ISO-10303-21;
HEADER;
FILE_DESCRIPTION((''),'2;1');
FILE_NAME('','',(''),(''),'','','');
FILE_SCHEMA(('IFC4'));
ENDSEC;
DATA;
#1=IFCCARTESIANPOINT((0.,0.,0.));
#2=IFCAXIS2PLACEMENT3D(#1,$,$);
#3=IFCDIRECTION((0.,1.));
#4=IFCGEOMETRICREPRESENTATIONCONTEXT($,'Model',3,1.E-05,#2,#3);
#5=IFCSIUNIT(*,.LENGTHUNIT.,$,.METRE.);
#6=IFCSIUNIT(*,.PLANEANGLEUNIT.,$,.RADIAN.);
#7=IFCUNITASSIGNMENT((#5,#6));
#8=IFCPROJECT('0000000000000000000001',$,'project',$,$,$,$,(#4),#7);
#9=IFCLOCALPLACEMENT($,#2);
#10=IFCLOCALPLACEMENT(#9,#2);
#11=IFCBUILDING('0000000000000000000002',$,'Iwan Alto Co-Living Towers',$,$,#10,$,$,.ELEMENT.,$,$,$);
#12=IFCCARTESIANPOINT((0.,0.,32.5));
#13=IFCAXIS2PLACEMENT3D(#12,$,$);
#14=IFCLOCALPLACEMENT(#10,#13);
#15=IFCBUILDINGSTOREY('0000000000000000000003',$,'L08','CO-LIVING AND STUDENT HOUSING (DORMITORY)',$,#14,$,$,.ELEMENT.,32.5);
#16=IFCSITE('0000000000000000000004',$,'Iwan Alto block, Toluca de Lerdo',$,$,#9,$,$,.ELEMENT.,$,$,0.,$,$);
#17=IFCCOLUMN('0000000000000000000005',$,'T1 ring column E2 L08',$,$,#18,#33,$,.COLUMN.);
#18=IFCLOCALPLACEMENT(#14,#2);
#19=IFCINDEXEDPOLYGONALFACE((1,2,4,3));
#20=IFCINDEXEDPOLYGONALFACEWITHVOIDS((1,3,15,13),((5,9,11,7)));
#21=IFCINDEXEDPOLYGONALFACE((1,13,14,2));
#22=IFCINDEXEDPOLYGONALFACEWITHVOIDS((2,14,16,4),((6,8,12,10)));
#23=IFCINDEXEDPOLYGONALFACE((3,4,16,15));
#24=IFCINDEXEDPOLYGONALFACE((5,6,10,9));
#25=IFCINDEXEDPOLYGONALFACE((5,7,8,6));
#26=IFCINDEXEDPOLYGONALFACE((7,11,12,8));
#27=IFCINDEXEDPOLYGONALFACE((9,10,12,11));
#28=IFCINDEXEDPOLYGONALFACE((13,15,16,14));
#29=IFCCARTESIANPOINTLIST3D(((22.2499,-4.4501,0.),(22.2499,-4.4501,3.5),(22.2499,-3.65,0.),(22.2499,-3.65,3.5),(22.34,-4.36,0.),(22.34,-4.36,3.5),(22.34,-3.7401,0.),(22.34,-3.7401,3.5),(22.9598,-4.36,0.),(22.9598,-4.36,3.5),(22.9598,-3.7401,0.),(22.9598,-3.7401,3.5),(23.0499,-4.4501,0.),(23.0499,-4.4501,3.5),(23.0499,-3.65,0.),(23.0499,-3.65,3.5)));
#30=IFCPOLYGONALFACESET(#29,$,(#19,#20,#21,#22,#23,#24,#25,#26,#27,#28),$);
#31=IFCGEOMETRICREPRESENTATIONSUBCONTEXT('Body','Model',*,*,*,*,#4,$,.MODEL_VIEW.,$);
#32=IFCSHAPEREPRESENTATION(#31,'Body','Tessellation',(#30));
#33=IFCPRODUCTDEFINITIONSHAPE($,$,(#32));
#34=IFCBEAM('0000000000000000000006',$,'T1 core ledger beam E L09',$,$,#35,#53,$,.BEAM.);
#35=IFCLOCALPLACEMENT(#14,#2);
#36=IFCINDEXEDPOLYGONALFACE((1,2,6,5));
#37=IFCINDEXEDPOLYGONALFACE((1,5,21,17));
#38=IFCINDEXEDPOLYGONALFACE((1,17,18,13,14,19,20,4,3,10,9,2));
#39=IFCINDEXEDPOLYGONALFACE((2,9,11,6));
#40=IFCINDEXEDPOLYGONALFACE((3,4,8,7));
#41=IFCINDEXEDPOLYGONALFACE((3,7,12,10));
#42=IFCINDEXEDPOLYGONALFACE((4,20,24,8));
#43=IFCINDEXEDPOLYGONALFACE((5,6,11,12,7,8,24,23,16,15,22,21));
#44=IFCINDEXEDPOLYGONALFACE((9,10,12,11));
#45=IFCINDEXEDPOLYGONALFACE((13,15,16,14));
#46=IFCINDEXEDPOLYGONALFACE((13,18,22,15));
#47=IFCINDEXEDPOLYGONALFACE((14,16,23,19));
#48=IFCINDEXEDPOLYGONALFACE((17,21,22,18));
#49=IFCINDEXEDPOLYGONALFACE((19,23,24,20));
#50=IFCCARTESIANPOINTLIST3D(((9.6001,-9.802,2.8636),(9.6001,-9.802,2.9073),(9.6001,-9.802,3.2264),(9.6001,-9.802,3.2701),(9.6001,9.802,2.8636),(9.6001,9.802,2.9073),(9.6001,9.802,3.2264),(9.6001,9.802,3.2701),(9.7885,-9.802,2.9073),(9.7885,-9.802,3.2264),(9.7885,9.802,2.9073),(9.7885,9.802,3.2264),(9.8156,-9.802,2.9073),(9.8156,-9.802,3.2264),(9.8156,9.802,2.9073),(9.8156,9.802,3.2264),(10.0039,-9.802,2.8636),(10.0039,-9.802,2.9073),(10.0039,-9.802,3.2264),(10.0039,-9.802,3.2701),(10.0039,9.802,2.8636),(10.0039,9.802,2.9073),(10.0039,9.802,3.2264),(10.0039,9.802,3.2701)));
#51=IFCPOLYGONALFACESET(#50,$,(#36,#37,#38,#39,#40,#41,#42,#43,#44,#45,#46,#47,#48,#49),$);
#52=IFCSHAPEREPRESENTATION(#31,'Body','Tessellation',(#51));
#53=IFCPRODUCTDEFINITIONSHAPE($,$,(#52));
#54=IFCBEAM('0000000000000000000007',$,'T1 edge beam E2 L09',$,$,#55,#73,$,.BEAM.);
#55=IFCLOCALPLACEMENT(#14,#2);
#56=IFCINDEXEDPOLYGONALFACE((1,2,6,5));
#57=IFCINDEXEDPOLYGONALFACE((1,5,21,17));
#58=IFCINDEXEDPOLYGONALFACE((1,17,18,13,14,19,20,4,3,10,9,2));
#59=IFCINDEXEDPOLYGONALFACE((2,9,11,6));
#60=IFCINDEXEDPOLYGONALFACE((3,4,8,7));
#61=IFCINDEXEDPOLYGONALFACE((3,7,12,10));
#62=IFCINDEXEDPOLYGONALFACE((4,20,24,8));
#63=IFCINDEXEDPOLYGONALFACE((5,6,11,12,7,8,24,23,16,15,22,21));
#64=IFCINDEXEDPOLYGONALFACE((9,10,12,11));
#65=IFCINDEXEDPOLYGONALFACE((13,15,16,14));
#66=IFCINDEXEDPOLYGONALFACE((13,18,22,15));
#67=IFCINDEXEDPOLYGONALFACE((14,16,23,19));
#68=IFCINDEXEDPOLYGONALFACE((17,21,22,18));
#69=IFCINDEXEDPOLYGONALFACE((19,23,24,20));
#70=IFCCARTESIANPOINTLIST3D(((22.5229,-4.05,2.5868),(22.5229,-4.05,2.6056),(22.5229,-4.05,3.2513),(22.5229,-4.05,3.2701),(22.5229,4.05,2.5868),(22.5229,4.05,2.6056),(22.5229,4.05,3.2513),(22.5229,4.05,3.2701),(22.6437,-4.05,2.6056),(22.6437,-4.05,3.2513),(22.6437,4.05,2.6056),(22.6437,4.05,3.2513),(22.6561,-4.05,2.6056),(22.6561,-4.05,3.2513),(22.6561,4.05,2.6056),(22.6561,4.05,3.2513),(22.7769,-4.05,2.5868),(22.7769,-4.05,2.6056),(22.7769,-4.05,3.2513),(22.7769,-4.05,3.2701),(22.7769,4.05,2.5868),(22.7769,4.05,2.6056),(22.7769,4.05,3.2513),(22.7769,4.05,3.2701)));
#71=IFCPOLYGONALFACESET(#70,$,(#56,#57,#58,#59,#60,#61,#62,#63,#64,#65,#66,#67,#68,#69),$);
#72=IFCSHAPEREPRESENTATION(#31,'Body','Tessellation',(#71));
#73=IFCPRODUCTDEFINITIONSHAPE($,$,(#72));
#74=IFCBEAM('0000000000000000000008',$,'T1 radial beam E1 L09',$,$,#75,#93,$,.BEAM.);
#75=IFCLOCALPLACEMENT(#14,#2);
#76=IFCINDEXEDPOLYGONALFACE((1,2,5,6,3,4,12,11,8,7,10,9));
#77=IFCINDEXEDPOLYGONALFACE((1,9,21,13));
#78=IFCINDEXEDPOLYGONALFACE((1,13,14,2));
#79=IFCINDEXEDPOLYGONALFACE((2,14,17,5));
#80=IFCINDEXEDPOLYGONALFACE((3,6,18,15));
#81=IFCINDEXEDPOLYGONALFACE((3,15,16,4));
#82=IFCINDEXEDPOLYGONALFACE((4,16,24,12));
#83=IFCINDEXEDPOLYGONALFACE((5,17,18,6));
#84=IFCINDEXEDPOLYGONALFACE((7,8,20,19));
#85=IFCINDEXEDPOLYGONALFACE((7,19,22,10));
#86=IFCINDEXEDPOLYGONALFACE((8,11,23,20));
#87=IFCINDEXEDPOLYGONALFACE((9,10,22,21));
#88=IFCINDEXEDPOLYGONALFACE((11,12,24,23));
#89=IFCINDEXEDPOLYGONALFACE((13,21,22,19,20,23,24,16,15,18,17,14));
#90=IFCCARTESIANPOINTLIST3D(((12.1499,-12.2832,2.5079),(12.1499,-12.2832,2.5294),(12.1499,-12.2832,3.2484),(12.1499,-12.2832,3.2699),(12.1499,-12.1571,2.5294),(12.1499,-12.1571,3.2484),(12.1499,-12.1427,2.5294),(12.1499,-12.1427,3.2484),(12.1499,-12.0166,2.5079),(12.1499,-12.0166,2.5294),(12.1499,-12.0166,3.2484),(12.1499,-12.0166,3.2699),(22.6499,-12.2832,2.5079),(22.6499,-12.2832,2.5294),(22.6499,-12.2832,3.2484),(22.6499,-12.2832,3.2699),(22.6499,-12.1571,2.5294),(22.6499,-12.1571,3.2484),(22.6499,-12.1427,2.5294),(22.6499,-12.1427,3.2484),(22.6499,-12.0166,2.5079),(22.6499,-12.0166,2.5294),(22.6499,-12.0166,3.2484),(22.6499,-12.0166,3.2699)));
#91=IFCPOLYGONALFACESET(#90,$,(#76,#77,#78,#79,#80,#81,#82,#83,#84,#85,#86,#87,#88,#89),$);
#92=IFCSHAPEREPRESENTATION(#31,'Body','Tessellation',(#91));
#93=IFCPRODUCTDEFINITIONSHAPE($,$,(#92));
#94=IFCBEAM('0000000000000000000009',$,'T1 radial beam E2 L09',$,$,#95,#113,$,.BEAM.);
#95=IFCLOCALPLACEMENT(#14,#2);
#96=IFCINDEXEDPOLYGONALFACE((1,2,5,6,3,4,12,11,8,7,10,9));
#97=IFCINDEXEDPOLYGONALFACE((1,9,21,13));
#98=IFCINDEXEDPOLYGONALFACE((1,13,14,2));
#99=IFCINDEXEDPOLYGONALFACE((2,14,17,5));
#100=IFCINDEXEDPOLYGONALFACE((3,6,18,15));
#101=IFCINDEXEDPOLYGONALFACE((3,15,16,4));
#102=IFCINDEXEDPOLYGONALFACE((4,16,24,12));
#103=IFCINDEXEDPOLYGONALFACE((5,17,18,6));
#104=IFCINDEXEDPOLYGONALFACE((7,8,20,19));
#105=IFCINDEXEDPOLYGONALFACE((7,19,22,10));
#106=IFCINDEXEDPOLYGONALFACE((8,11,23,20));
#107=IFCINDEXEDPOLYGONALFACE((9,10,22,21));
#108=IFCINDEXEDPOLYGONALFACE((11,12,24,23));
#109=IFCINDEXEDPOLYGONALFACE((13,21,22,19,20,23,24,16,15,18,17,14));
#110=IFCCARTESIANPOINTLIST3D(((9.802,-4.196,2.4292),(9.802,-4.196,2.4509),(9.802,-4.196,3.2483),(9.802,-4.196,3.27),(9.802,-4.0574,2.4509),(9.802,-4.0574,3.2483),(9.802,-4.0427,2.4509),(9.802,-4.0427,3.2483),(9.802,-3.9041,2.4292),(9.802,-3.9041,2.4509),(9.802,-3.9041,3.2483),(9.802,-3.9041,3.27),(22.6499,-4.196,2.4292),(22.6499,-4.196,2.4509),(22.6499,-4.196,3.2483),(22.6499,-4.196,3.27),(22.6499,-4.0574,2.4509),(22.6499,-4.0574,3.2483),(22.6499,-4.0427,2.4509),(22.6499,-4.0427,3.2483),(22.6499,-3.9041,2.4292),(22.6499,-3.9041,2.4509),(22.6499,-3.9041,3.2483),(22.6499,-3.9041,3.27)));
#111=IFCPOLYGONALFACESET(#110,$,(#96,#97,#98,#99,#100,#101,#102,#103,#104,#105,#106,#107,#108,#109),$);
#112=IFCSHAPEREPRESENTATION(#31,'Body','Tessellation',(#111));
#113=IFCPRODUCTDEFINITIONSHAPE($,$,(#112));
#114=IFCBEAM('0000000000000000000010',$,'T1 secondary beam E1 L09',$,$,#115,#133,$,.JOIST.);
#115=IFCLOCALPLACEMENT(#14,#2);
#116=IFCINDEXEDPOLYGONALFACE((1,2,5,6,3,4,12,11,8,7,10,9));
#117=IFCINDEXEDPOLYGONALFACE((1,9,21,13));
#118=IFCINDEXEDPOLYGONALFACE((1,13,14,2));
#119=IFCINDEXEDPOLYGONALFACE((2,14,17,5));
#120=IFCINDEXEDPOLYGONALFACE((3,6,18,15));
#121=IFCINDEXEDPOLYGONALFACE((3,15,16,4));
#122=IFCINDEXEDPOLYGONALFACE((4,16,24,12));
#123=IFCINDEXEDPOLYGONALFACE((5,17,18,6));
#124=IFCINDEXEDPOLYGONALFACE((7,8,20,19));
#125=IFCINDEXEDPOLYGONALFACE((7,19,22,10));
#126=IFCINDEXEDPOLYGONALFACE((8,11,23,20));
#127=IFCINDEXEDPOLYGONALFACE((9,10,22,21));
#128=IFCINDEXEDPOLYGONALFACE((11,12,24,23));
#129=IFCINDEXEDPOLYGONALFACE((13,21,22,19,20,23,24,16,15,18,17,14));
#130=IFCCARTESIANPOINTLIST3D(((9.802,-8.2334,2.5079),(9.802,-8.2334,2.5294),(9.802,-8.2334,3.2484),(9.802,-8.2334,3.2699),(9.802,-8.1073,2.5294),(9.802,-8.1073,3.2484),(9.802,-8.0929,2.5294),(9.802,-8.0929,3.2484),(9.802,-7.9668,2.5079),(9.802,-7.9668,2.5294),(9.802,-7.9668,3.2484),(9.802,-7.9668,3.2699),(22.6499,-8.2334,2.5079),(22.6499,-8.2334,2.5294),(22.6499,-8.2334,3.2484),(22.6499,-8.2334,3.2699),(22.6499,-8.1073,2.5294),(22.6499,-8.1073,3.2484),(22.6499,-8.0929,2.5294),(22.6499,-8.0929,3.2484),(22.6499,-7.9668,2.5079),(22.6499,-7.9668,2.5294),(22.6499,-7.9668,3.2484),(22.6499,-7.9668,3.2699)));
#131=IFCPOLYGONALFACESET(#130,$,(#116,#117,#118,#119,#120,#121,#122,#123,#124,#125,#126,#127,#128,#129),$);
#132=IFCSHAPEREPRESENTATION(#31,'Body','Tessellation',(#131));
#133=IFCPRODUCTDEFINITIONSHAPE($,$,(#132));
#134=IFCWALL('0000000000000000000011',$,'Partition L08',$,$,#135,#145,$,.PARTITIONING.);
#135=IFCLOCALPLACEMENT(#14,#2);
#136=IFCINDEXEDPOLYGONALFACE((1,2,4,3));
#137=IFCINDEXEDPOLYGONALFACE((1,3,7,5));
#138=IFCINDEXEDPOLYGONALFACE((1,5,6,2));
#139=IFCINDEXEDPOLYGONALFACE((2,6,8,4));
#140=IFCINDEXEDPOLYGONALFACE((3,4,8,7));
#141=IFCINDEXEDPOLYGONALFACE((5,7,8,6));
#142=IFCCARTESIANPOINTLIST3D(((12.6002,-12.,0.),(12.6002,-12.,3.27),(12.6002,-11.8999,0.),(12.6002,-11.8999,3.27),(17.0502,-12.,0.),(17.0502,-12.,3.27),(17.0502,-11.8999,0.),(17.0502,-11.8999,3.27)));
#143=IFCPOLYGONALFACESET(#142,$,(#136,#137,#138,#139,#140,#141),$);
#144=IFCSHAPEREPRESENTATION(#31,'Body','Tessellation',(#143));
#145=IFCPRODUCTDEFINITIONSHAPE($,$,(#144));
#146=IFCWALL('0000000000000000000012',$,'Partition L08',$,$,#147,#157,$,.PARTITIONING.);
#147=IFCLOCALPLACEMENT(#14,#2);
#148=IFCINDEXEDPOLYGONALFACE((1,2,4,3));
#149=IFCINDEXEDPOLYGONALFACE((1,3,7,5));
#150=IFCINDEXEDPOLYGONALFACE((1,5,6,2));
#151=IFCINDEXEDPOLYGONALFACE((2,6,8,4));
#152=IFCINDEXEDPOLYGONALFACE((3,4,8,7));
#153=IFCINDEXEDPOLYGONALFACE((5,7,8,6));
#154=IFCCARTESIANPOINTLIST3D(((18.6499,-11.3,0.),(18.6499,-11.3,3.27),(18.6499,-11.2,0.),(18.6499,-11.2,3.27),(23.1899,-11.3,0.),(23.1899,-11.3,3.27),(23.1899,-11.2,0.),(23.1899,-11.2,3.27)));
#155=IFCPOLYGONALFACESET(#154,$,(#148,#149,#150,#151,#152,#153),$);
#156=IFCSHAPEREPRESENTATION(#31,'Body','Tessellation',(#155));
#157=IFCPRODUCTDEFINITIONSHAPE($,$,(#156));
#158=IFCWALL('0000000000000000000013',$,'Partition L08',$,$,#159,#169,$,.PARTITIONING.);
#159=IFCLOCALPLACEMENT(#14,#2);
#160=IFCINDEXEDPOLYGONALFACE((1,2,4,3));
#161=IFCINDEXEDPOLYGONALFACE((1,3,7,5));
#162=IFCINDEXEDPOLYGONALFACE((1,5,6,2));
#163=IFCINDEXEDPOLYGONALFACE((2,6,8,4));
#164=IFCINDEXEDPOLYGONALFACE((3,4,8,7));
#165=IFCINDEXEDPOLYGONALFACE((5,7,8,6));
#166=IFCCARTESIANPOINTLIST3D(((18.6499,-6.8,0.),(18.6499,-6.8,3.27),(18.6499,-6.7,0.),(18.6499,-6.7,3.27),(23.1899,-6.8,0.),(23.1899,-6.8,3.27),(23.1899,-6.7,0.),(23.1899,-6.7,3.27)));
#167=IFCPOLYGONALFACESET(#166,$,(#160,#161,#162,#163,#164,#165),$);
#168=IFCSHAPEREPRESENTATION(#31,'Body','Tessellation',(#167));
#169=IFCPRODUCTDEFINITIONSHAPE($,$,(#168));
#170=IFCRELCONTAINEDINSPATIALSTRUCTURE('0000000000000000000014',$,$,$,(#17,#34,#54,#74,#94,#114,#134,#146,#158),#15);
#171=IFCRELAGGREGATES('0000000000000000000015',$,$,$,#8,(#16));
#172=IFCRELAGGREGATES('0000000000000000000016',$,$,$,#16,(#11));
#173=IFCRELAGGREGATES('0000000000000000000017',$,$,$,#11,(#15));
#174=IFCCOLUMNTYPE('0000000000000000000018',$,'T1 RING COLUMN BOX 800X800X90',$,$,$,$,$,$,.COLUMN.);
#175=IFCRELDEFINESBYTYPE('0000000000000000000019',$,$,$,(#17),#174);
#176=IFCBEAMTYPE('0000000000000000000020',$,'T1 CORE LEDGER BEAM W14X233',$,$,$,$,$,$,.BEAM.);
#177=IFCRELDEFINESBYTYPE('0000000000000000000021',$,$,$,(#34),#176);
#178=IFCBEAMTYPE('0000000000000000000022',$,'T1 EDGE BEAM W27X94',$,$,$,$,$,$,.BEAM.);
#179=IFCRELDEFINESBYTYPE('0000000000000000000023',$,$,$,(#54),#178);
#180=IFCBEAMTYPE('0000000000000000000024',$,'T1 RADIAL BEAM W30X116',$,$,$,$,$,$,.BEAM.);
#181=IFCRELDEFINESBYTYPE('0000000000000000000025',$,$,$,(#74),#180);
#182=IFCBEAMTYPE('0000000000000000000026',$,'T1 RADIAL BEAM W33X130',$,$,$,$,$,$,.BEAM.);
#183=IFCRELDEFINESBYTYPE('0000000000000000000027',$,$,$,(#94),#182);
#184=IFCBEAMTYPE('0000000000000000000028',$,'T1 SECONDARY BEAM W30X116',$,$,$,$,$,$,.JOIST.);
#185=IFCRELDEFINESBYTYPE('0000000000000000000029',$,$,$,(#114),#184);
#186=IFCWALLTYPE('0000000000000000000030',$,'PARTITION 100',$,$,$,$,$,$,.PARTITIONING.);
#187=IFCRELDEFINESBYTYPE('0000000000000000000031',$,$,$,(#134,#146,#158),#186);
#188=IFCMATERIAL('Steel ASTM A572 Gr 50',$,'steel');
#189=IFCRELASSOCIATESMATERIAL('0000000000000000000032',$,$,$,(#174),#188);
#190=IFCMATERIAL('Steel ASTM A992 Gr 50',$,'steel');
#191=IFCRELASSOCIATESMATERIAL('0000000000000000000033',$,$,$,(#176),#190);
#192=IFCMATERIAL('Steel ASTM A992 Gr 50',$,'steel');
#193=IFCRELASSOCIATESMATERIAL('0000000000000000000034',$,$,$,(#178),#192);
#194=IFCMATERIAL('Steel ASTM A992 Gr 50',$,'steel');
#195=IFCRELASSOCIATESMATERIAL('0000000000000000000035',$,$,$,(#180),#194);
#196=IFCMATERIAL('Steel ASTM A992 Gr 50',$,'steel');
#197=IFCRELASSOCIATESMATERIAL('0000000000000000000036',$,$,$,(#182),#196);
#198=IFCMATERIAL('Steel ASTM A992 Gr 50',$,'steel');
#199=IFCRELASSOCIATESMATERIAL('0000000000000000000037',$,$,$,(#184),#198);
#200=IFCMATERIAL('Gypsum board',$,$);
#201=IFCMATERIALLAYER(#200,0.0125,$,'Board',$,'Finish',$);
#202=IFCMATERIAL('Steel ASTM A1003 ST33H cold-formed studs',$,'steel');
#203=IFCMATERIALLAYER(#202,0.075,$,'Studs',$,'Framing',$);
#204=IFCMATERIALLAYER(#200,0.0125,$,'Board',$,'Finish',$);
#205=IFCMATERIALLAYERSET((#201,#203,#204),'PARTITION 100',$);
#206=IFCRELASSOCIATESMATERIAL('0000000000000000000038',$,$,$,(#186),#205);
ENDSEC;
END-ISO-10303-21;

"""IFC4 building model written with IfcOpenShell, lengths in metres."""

from ifc_helpers import new_model, si_unit, direction, frame, frame_2d, origin, origin_2d, place, context, subcontext, project, spatial, rectangle, hollow_rectangle, i_section, extrude, material, layer, layer_set, material_profile, profile_set, type_object, element, save


model = new_model("IFC4")

# Units and contexts
model_context = context("Model", 3, precision=1e-05, world=origin(), true_north=direction((0.0, 1.0)))
body_context = subcontext(model_context, "Body", "Model", "MODEL_VIEW")
ifc_project = project(units=[si_unit("LENGTHUNIT", "METRE"), si_unit("PLANEANGLEUNIT", "RADIAN")], contexts=[model_context])

# Site, building, storey
site_placement = place(None, origin())
site = spatial("IfcSite", under=ifc_project, at=site_placement, Name="Iwan Alto block, Toluca de Lerdo", CompositionType="ELEMENT", RefElevation=0.0)
building_placement = place(site_placement, origin())
building = spatial("IfcBuilding", under=site, at=building_placement, Name="Iwan Alto Co-Living Towers", CompositionType="ELEMENT")
storey_placement = place(building_placement, frame((0.0, 0.0, 32.5)))
storey = spatial("IfcBuildingStorey", under=building, at=storey_placement, Name="L08", Description="CO-LIVING AND STUDENT HOUSING (DORMITORY)", CompositionType="ELEMENT", Elevation=32.5)

# Column
ifc_material_1 = material(Name="Steel ASTM A572 Gr 50", Category="steel")
ifc_material_profile_1 = material_profile(ifc_material_1, hollow_rectangle(XDim=0.8, YDim=0.8, WallThickness=0.0901, at=origin_2d()), Name="BOX 800X800X90")
ifc_profile_set_1 = profile_set([ifc_material_profile_1], Name="Steel ASTM A572 Gr 50")
column_type = type_object("IfcColumnType", Name="T1 RING COLUMN BOX 800X800X90", PredefinedType="COLUMN", material=ifc_profile_set_1)
column_placement = place(storey_placement, frame((22.6499, -4.05, 0.0), z_axis=(0.0, 0.0, 1.0), x_axis=(1.0, 0.0, 0.0)))
element("IfcColumn", 1, at=column_placement, inside=storey, type_object=column_type, Name="T1 ring column E2 L08", PredefinedType="COLUMN", context=body_context, shape_type="SweptSolid", body=[
    extrude(hollow_rectangle(XDim=0.8, YDim=0.8, WallThickness=0.0901, at=origin_2d()), origin(), (0.0, 0.0, 1.0), 3.5),
])

# Beams
ifc_material_2 = material(Name="Steel ASTM A992 Gr 50", Category="steel")
ifc_material_profile_2 = material_profile(ifc_material_2, i_section(OverallWidth=0.4038, OverallDepth=0.4065, WebThickness=0.0271, FlangeThickness=0.0437, at=origin_2d()), Name="W14X233")
ifc_profile_set_2 = profile_set([ifc_material_profile_2], Name="Steel ASTM A992 Gr 50")
beam_type_1 = type_object("IfcBeamType", Name="T1 CORE LEDGER BEAM W14X233", PredefinedType="BEAM", material=ifc_profile_set_2)
beam_1_placement = place(storey_placement, frame((9.802, -9.802, 3.0669), z_axis=(0.0, 1.0, 0.0), x_axis=(-1.0, 0.0, 0.0)))
element("IfcBeam", 2, at=beam_1_placement, inside=storey, type_object=beam_type_1, Name="T1 core ledger beam E L09", PredefinedType="BEAM", context=body_context, shape_type="SweptSolid", body=[
    extrude(i_section(OverallWidth=0.4038, OverallDepth=0.4065, WebThickness=0.0271, FlangeThickness=0.0437, at=origin_2d()), origin(), (0.0, 0.0, 1.0), 19.604),
])
ifc_material_3 = material(Name="Steel ASTM A992 Gr 50", Category="steel")
ifc_material_profile_3 = material_profile(ifc_material_3, i_section(OverallWidth=0.2539, OverallDepth=0.6833, WebThickness=0.0125, FlangeThickness=0.0188, at=origin_2d()), Name="W27X94")
ifc_profile_set_3 = profile_set([ifc_material_profile_3], Name="Steel ASTM A992 Gr 50")
beam_type_2 = type_object("IfcBeamType", Name="T1 EDGE BEAM W27X94", PredefinedType="BEAM", material=ifc_profile_set_3)
beam_2_placement = place(storey_placement, frame((22.6499, -4.05, 2.9285), z_axis=(0.0, 1.0, 0.0), x_axis=(-1.0, 0.0, 0.0)))
element("IfcBeam", 3, at=beam_2_placement, inside=storey, type_object=beam_type_2, Name="T1 edge beam E2 L09", PredefinedType="BEAM", context=body_context, shape_type="SweptSolid", body=[
    extrude(i_section(OverallWidth=0.2539, OverallDepth=0.6833, WebThickness=0.0125, FlangeThickness=0.0188, at=origin_2d()), origin(), (0.0, 0.0, 1.0), 8.1001),
])
ifc_material_4 = material(Name="Steel ASTM A992 Gr 50", Category="steel")
ifc_material_profile_4 = material_profile(ifc_material_4, i_section(OverallWidth=0.2666, OverallDepth=0.762, WebThickness=0.0144, FlangeThickness=0.0215, at=origin_2d()), Name="W30X116")
ifc_profile_set_4 = profile_set([ifc_material_profile_4], Name="Steel ASTM A992 Gr 50")
beam_type_3 = type_object("IfcBeamType", Name="T1 RADIAL BEAM W30X116", PredefinedType="BEAM", material=ifc_profile_set_4)
beam_3_placement = place(storey_placement, frame((22.6499, -12.1499, 2.8889), z_axis=(-1.0, 0.0, 0.0), x_axis=(0.0, -1.0, 0.0)))
element("IfcBeam", 4, at=beam_3_placement, inside=storey, type_object=beam_type_3, Name="T1 radial beam E1 L09", PredefinedType="BEAM", context=body_context, shape_type="SweptSolid", body=[
    extrude(i_section(OverallWidth=0.2666, OverallDepth=0.762, WebThickness=0.0144, FlangeThickness=0.0215, at=origin_2d()), origin(), (0.0, 0.0, 1.0), 10.5),
])
ifc_material_5 = material(Name="Steel ASTM A992 Gr 50", Category="steel")
ifc_material_profile_5 = material_profile(ifc_material_5, i_section(OverallWidth=0.292, OverallDepth=0.8408, WebThickness=0.0146, FlangeThickness=0.0217, at=origin_2d()), Name="W33X130")
ifc_profile_set_5 = profile_set([ifc_material_profile_5], Name="Steel ASTM A992 Gr 50")
beam_type_4 = type_object("IfcBeamType", Name="T1 RADIAL BEAM W33X130", PredefinedType="BEAM", material=ifc_profile_set_5)
beam_4_placement = place(storey_placement, frame((22.6499, -4.05, 2.8496), z_axis=(-1.0, 0.0, 0.0), x_axis=(0.0, -1.0, 0.0)))
element("IfcBeam", 5, at=beam_4_placement, inside=storey, type_object=beam_type_4, Name="T1 radial beam E2 L09", PredefinedType="BEAM", context=body_context, shape_type="SweptSolid", body=[
    extrude(i_section(OverallWidth=0.292, OverallDepth=0.8408, WebThickness=0.0146, FlangeThickness=0.0217, at=origin_2d()), origin(), (0.0, 0.0, 1.0), 12.8479),
])
ifc_material_6 = material(Name="Steel ASTM A992 Gr 50", Category="steel")
ifc_material_profile_6 = material_profile(ifc_material_6, i_section(OverallWidth=0.2666, OverallDepth=0.762, WebThickness=0.0144, FlangeThickness=0.0215, at=origin_2d()), Name="W30X116")
ifc_profile_set_6 = profile_set([ifc_material_profile_6], Name="Steel ASTM A992 Gr 50")
beam_type_5 = type_object("IfcBeamType", Name="T1 SECONDARY BEAM W30X116", PredefinedType="JOIST", material=ifc_profile_set_6)
beam_5_placement = place(storey_placement, frame((22.6499, -8.1001, 2.8889), z_axis=(-1.0, 0.0, 0.0), x_axis=(0.0, -1.0, 0.0)))
element("IfcBeam", 6, at=beam_5_placement, inside=storey, type_object=beam_type_5, Name="T1 secondary beam E1 L09", PredefinedType="JOIST", context=body_context, shape_type="SweptSolid", body=[
    extrude(i_section(OverallWidth=0.2666, OverallDepth=0.762, WebThickness=0.0144, FlangeThickness=0.0215, at=origin_2d()), origin(), (0.0, 0.0, 1.0), 12.8479),
])

# Walls
ifc_material_7 = material(Name="Gypsum board")
ifc_layer_1 = layer(ifc_material_7, 0.0125, Name="Board", Category="Finish")
ifc_material_8 = material(Name="Steel ASTM A1003 ST33H cold-formed studs", Category="steel")
ifc_layer_2 = layer(ifc_material_8, 0.075, Name="Studs", Category="Framing")
ifc_layer_3 = layer(ifc_material_7, 0.0125, Name="Board", Category="Finish")
ifc_layer_set = layer_set([ifc_layer_1, ifc_layer_2, ifc_layer_3], Name="PARTITION 100")
wall_type = type_object("IfcWallType", Name="PARTITION 100", PredefinedType="PARTITIONING", material=ifc_layer_set)
wall_1_placement = place(storey_placement, frame((12.6001, -11.95, 0.0), z_axis=(0.0, 0.0, 1.0), x_axis=(1.0, 0.0, 0.0)))
element("IfcWall", 7, at=wall_1_placement, inside=storey, type_object=wall_type, Name="Partition L08", PredefinedType="PARTITIONING", context=body_context, shape_type="SweptSolid", body=[
    extrude(rectangle(XDim=4.45, YDim=0.1001, at=frame_2d((2.2251, 0.0))), origin(), (0.0, 0.0, 1.0), 3.27),
])
for number, where, z_axis, x_axis, name in (
    (8, (18.6499, -11.25, 0.0), (0.0, 0.0, 1.0), (1.0, 0.0, 0.0), "Partition L08"),
    (9, (18.6499, -6.75, 0.0), (0.0, 0.0, 1.0), (1.0, 0.0, 0.0), "Partition L08"),
):
    element("IfcWall", number, at=place(storey_placement, frame(where, z_axis=z_axis, x_axis=x_axis)), inside=storey, type_object=wall_type, Name=name, PredefinedType="PARTITIONING", context=body_context, shape_type="SweptSolid", body=[
        extrude(rectangle(XDim=4.54, YDim=0.1001, at=frame_2d((2.27, 0.0))), origin(), (0.0, 0.0, 1.0), 3.27),
    ])

save(model, "model.ifc")
